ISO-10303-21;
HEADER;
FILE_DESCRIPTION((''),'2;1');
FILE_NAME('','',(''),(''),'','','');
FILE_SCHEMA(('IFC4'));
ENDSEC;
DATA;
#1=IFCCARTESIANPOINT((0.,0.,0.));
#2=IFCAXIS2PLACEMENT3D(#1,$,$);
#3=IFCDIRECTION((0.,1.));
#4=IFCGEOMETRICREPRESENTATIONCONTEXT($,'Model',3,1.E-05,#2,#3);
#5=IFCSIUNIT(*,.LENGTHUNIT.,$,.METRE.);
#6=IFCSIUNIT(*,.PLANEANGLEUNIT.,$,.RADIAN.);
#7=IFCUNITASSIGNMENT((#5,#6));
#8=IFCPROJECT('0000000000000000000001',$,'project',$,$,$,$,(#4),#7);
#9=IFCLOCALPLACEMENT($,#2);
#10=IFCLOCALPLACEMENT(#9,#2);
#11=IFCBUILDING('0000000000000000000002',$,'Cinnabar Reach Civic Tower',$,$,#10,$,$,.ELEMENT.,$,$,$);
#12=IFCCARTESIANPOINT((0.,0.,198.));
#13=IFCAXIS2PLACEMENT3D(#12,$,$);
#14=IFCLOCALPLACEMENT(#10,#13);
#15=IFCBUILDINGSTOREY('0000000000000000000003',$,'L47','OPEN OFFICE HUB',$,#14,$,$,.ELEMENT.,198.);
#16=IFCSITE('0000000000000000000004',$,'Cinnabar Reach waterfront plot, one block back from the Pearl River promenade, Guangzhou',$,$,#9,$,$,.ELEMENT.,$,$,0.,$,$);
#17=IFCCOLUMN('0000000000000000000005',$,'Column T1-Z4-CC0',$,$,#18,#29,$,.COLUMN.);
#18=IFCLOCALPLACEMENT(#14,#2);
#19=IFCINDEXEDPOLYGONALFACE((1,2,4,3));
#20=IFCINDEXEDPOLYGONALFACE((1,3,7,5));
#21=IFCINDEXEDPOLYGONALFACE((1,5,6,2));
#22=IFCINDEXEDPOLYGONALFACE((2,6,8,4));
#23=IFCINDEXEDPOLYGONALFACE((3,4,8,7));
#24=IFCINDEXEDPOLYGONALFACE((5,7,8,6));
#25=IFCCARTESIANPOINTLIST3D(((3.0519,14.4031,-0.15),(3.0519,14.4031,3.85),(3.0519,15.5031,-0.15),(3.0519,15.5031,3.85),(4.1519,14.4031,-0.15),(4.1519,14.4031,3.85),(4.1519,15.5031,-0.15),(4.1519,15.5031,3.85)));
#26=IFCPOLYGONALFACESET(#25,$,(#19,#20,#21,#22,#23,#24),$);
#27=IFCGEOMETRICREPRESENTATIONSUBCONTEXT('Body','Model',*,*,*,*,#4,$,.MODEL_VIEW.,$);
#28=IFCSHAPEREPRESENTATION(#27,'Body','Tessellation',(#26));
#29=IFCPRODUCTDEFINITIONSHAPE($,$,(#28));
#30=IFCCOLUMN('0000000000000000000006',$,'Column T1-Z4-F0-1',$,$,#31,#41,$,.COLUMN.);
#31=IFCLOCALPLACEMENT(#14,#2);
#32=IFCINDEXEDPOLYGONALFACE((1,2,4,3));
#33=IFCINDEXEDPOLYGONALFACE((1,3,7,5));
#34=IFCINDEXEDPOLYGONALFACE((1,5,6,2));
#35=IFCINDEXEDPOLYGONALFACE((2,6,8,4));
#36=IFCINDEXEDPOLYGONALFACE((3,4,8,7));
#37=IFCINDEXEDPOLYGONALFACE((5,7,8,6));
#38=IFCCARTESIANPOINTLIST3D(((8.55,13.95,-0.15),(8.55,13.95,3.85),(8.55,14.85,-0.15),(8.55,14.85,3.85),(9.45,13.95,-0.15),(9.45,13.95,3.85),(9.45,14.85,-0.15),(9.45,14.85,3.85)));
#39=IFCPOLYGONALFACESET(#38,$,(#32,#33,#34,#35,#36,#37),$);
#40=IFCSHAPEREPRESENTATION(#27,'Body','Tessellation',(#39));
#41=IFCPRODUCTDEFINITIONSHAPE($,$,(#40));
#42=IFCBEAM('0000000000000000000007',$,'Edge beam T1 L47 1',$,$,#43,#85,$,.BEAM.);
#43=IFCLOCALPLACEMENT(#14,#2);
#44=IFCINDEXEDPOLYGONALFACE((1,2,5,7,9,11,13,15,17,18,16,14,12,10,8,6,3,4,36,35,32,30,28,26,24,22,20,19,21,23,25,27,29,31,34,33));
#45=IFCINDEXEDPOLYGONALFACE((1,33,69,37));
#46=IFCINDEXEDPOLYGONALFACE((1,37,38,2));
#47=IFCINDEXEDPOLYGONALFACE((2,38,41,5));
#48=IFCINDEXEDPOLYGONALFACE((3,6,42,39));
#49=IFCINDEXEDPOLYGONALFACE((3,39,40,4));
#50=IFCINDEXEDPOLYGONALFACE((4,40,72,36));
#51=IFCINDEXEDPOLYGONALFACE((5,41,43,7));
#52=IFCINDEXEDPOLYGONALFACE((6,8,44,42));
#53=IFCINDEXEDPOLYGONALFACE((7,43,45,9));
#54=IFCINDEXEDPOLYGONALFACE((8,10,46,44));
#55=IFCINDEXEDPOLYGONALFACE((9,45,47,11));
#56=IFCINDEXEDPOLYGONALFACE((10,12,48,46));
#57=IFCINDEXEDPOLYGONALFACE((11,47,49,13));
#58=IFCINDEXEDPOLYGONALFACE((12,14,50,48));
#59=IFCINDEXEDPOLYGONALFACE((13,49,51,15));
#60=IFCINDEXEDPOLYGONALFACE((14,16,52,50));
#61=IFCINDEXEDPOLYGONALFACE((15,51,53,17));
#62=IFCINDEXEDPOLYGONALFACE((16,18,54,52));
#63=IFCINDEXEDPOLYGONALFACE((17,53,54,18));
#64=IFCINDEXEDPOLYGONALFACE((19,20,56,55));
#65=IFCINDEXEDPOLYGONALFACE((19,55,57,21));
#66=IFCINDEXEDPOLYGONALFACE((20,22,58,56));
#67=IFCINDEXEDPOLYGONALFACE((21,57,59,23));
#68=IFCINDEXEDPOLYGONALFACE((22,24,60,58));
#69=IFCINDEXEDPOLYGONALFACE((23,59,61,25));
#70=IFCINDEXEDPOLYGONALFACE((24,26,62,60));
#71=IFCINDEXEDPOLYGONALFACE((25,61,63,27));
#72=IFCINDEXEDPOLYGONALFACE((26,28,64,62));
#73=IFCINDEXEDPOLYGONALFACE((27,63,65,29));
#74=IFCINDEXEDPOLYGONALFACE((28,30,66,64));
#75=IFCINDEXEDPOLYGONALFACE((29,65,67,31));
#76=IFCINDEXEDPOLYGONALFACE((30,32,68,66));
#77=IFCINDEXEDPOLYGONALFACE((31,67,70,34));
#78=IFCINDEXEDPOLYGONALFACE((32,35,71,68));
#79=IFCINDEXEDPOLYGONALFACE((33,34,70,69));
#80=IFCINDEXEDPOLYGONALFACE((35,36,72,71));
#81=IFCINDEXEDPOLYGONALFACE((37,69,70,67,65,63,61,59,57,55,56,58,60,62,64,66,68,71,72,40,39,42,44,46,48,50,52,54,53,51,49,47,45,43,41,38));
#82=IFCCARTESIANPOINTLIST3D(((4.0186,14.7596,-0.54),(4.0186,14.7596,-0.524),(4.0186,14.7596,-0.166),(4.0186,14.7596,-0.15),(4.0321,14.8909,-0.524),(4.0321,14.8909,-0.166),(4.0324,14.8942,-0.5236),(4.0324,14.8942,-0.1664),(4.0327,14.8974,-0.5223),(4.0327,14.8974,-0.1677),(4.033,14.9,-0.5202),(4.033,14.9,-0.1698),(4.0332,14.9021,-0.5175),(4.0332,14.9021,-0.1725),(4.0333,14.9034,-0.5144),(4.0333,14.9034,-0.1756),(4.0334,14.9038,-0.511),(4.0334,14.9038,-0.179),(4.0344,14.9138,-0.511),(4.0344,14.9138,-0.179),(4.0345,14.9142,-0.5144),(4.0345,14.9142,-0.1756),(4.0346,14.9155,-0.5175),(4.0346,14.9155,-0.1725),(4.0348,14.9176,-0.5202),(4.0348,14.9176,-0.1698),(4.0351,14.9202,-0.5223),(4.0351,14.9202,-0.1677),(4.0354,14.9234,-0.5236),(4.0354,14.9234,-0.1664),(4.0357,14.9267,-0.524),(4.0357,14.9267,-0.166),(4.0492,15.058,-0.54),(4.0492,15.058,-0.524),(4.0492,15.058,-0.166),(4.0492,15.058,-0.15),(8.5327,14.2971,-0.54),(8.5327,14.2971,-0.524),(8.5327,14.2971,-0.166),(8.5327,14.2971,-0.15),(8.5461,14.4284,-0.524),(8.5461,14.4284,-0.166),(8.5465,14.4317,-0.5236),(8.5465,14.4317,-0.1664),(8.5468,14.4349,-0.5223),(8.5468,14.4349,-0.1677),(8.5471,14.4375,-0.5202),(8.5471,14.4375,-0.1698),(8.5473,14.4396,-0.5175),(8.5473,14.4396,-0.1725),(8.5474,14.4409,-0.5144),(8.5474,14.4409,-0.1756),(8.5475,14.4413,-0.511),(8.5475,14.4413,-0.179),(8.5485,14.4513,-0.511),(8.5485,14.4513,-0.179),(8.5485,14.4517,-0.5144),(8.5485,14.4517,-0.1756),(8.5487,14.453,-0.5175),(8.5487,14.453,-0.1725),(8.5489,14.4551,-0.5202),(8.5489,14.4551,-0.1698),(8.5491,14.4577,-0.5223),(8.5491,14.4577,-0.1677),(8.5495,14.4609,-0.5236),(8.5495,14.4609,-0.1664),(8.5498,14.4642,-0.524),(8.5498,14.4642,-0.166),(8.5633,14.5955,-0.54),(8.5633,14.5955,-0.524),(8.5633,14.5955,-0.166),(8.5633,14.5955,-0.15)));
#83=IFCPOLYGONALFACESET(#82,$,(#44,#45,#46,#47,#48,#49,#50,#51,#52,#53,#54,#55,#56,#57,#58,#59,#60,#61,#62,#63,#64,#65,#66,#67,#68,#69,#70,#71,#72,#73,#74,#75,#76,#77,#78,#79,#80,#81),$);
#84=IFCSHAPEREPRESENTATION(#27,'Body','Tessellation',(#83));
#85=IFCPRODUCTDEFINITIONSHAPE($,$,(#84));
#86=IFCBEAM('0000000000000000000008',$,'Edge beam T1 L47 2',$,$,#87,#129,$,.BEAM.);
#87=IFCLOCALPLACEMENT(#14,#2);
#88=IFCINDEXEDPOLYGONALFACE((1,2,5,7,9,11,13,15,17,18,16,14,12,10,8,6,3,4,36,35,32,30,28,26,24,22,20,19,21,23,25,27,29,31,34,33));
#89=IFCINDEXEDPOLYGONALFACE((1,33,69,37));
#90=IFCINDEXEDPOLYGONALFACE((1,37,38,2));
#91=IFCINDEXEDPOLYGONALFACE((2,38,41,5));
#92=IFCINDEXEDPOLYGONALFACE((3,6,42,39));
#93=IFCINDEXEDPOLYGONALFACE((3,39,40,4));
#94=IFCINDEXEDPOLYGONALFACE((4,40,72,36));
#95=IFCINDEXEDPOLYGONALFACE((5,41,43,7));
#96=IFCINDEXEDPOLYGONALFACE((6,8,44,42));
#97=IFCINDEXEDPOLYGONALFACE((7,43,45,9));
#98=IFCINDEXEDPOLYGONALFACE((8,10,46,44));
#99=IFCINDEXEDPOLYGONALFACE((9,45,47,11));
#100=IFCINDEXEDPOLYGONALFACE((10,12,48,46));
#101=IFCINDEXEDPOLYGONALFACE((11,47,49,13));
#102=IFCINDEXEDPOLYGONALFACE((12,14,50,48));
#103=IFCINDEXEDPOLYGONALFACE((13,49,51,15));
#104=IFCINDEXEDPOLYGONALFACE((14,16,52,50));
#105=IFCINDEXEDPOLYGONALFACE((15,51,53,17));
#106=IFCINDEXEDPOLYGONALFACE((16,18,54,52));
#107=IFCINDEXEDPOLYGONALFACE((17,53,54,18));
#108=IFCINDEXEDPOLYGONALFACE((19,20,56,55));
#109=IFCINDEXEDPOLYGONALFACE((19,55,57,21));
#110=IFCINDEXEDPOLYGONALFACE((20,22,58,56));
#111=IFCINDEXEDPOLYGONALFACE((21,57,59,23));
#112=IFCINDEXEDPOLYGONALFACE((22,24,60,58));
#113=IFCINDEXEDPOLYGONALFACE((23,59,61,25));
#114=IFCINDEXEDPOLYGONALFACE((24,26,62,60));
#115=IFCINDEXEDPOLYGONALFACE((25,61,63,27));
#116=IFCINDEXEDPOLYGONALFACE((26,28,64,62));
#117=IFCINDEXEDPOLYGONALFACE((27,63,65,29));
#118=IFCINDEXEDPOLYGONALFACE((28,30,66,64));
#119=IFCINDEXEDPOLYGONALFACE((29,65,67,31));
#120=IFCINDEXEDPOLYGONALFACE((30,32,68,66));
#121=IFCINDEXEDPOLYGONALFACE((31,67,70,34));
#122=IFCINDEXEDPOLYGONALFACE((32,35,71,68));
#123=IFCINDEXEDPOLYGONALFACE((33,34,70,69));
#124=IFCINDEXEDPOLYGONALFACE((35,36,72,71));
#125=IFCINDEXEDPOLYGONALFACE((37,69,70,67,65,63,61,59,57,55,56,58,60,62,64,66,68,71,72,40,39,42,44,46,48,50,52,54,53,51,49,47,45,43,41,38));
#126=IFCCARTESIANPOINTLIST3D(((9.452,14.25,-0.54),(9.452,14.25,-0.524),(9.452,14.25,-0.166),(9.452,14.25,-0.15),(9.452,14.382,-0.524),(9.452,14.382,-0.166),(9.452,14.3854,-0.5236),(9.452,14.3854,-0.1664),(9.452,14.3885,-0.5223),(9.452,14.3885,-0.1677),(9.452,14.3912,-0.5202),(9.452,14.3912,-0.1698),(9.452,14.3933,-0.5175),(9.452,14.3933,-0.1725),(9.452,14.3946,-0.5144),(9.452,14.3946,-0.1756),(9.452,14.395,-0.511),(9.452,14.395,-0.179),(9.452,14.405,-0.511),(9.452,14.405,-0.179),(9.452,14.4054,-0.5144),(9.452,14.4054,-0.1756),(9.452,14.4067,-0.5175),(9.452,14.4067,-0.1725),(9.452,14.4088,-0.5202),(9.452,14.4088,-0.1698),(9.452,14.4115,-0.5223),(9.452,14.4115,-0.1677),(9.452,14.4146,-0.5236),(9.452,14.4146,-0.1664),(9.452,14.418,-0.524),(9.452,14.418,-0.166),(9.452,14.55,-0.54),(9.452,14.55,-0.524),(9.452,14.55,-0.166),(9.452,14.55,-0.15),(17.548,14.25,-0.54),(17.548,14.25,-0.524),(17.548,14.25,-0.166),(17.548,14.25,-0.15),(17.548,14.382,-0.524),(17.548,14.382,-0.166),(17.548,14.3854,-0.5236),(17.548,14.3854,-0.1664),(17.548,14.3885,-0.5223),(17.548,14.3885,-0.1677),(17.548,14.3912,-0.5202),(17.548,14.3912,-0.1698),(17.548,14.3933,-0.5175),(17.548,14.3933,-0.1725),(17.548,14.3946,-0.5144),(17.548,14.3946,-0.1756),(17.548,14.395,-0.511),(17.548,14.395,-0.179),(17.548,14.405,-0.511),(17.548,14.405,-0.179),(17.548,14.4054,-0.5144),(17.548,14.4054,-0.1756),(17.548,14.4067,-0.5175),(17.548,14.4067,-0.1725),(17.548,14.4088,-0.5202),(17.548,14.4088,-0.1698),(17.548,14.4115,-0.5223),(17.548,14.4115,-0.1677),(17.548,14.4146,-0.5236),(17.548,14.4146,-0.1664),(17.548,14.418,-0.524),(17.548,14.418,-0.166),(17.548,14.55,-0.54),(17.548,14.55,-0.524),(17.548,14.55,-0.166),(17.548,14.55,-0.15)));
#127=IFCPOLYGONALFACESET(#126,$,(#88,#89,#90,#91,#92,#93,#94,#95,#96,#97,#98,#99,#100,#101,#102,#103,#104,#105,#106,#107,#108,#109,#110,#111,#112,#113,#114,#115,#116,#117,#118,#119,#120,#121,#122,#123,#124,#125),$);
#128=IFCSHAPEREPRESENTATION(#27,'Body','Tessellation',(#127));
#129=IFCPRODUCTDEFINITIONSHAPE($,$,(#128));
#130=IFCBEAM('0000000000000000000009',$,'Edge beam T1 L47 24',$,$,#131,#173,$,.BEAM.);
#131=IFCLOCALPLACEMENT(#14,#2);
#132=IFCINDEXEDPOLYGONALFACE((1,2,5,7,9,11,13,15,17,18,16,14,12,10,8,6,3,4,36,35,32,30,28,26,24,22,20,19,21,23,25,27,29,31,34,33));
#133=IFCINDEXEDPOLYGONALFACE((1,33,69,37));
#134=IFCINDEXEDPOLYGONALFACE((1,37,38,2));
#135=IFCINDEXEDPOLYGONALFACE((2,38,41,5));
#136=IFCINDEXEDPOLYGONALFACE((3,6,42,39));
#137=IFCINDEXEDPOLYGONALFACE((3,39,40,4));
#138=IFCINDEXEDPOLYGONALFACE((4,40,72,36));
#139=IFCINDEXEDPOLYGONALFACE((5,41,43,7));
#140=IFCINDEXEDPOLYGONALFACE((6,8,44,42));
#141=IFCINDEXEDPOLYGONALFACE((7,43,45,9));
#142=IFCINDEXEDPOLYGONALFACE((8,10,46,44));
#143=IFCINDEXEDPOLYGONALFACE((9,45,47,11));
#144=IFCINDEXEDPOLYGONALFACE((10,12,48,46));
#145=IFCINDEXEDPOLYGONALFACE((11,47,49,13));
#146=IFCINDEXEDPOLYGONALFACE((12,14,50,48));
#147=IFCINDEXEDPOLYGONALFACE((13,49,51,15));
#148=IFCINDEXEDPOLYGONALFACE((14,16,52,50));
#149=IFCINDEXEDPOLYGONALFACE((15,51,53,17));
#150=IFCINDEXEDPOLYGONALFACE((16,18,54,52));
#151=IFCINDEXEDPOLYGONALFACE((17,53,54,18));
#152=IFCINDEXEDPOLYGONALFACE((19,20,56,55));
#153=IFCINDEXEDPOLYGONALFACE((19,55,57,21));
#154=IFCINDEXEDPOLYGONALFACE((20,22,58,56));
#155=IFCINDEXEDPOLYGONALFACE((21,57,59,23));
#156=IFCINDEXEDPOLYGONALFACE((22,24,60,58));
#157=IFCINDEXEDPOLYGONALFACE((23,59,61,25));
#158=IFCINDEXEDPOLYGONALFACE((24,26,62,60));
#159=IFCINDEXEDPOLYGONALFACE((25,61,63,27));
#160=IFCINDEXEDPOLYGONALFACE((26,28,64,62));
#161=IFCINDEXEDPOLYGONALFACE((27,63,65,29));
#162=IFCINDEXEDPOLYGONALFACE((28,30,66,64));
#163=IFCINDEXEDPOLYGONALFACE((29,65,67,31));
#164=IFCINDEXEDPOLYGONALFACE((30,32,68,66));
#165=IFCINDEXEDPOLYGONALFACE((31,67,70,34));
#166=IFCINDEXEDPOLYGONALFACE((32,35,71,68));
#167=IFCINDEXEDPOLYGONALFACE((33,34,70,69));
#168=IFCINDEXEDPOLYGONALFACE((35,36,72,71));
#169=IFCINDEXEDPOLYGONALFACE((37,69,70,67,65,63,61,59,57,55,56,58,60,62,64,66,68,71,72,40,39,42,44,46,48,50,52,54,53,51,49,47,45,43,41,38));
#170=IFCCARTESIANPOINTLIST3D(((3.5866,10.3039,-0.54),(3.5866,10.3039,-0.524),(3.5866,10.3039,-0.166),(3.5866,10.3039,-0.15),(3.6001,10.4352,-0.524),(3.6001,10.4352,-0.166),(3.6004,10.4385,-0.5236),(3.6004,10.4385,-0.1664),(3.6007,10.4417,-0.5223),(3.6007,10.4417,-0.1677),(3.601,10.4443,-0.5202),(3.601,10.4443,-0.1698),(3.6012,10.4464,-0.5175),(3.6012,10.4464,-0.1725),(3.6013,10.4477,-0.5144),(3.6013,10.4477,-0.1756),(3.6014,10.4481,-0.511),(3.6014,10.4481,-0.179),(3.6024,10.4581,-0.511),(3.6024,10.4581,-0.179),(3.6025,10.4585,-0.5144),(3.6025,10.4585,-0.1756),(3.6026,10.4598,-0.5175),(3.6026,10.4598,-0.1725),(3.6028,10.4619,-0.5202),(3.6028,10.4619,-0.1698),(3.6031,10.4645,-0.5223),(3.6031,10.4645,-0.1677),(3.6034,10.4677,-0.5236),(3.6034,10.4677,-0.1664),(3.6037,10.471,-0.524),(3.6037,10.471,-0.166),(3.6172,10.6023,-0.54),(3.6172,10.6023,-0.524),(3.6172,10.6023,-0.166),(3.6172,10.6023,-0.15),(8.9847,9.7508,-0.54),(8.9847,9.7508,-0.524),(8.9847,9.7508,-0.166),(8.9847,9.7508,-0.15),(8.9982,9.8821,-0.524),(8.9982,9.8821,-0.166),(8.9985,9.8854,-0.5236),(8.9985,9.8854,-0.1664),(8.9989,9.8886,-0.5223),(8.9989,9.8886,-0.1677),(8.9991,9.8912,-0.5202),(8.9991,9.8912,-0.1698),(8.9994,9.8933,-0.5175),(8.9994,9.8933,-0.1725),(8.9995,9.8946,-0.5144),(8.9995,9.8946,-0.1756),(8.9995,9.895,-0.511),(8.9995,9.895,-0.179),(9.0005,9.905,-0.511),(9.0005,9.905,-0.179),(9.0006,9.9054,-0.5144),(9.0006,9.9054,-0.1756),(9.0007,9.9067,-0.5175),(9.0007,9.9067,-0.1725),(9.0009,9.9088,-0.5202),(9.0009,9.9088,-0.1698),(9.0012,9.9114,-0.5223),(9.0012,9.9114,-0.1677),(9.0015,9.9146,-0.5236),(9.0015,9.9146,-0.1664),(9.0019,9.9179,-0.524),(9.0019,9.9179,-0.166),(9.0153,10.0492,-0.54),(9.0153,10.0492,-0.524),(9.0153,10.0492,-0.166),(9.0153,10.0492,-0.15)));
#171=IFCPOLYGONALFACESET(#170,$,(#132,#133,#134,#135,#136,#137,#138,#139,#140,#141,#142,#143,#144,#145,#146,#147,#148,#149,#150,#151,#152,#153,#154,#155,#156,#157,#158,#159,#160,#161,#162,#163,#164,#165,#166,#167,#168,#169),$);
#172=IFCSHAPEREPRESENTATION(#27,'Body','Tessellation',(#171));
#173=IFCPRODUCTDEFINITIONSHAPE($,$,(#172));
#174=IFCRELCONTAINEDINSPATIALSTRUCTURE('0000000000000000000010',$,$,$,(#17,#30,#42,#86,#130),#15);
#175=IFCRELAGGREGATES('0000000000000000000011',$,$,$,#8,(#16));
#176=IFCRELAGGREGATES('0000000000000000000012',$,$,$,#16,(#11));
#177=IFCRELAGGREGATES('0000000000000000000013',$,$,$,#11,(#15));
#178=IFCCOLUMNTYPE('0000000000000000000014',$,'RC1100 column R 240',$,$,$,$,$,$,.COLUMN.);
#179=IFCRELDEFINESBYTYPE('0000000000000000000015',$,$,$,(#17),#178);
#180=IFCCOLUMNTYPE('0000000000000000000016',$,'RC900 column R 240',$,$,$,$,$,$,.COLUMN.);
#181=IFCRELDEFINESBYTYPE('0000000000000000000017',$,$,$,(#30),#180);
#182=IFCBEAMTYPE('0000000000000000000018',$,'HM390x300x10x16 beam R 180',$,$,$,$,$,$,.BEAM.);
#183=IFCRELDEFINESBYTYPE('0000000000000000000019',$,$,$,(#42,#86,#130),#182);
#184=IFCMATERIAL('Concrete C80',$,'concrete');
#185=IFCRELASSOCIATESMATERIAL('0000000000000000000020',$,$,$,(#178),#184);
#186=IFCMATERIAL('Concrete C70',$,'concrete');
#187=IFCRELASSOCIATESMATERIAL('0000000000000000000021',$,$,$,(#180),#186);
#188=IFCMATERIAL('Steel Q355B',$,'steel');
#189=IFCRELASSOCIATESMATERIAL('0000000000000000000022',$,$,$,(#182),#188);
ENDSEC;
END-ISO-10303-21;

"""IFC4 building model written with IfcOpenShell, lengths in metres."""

from ifc_helpers import new_model, si_unit, direction, frame, origin, origin_2d, place, context, subcontext, project, spatial, rectangle, i_section, extrude, material, material_profile, profile_set, type_object, element, save


model = new_model("IFC4")

# Units and contexts
model_context = context("Model", 3, precision=1e-05, world=origin(), true_north=direction((0.0, 1.0)))
body_context = subcontext(model_context, "Body", "Model", "MODEL_VIEW")
ifc_project = project(units=[si_unit("LENGTHUNIT", "METRE"), si_unit("PLANEANGLEUNIT", "RADIAN")], contexts=[model_context])

# Site, building, storey
site_placement = place(None, origin())
site = spatial("IfcSite", under=ifc_project, at=site_placement, Name="Cinnabar Reach waterfront plot, one block back from the Pearl River promenade, Guangzhou", CompositionType="ELEMENT", RefElevation=0.0)
building_placement = place(site_placement, origin())
building = spatial("IfcBuilding", under=site, at=building_placement, Name="Cinnabar Reach Civic Tower", CompositionType="ELEMENT")
storey_placement = place(building_placement, frame((0.0, 0.0, 198.0)))
storey = spatial("IfcBuildingStorey", under=building, at=storey_placement, Name="L47", Description="OPEN OFFICE HUB", CompositionType="ELEMENT", Elevation=198.0)

# Columns
ifc_material_1 = material(Name="Concrete C80", Category="concrete")
ifc_material_profile_1 = material_profile(ifc_material_1, rectangle(XDim=1.1, YDim=1.1, at=origin_2d()), Name="RC1100")
ifc_profile_set_1 = profile_set([ifc_material_profile_1], Name="Concrete C80")
column_type_1 = type_object("IfcColumnType", Name="RC1100 column R 240", PredefinedType="COLUMN", material=ifc_profile_set_1)
column_1_placement = place(storey_placement, frame((3.6019, 14.9531, -0.15), z_axis=(0.0, 0.0, 1.0), x_axis=(1.0, 0.0, 0.0)))
element("IfcColumn", 1, at=column_1_placement, inside=storey, type_object=column_type_1, Name="Column T1-Z4-CC0", PredefinedType="COLUMN", context=body_context, shape_type="SweptSolid", body=[
    extrude(rectangle(XDim=1.1, YDim=1.1, at=origin_2d()), origin(), (0.0, 0.0, 1.0), 4.0),
])
ifc_material_2 = material(Name="Concrete C70", Category="concrete")
ifc_material_profile_2 = material_profile(ifc_material_2, rectangle(XDim=0.9, YDim=0.9, at=origin_2d()), Name="RC900")
ifc_profile_set_2 = profile_set([ifc_material_profile_2], Name="Concrete C70")
column_type_2 = type_object("IfcColumnType", Name="RC900 column R 240", PredefinedType="COLUMN", material=ifc_profile_set_2)
column_2_placement = place(storey_placement, frame((9.0, 14.4, -0.15), z_axis=(0.0, 0.0, 1.0), x_axis=(1.0, 0.0, 0.0)))
element("IfcColumn", 2, at=column_2_placement, inside=storey, type_object=column_type_2, Name="Column T1-Z4-F0-1", PredefinedType="COLUMN", context=body_context, shape_type="SweptSolid", body=[
    extrude(rectangle(XDim=0.9, YDim=0.9, at=origin_2d()), origin(), (0.0, 0.0, 1.0), 4.0),
])

# Beams
ifc_material_3 = material(Name="Steel Q355B", Category="steel")
ifc_material_profile_3 = material_profile(ifc_material_3, i_section(OverallWidth=0.3, OverallDepth=0.39, WebThickness=0.01, FlangeThickness=0.016, FilletRadius=0.013, at=origin_2d()), Name="HM390x300x10x16")
ifc_profile_set_3 = profile_set([ifc_material_profile_3], Name="Steel Q355B")
beam_type_1 = type_object("IfcBeamType", Name="HM390x300x10x16 beam R 180", PredefinedType="BEAM", material=ifc_profile_set_3)
beam_1_placement = place(storey_placement, frame((4.0339, 14.9088, -0.345), z_axis=(0.994792, -0.101923, 0.0), x_axis=(0.101923, 0.994792, 0.0)))
element("IfcBeam", 3, at=beam_1_placement, inside=storey, type_object=beam_type_1, Name="Edge beam T1 L47 1", PredefinedType="BEAM", context=body_context, shape_type="SweptSolid", body=[
    extrude(i_section(OverallWidth=0.3, OverallDepth=0.39, WebThickness=0.01, FlangeThickness=0.016, FilletRadius=0.013, at=origin_2d()), origin(), (0.0, 0.0, 1.0), 4.5377),
])
beam_2_placement = place(storey_placement, frame((9.452, 14.4, -0.345), z_axis=(1.0, 0.0, 0.0), x_axis=(0.0, 1.0, 0.0)))
element("IfcBeam", 4, at=beam_2_placement, inside=storey, type_object=beam_type_1, Name="Edge beam T1 L47 2", PredefinedType="BEAM", context=body_context, shape_type="SweptSolid", body=[
    extrude(i_section(OverallWidth=0.3, OverallDepth=0.39, WebThickness=0.01, FlangeThickness=0.016, FilletRadius=0.013, at=origin_2d()), origin(), (0.0, 0.0, 1.0), 8.096),
])
beam_3_placement = place(storey_placement, frame((3.6019, 10.4531, -0.345), z_axis=(0.994792, -0.101928, 0.0), x_axis=(0.101928, 0.994792, 0.0)))
element("IfcBeam", 5, at=beam_3_placement, inside=storey, type_object=beam_type_1, Name="Edge beam T1 L47 24", PredefinedType="BEAM", context=body_context, shape_type="SweptSolid", body=[
    extrude(i_section(OverallWidth=0.3, OverallDepth=0.39, WebThickness=0.01, FlangeThickness=0.016, FilletRadius=0.013, at=origin_2d()), origin(), (0.0, 0.0, 1.0), 5.4264),
])

save(model, "model.ifc")
